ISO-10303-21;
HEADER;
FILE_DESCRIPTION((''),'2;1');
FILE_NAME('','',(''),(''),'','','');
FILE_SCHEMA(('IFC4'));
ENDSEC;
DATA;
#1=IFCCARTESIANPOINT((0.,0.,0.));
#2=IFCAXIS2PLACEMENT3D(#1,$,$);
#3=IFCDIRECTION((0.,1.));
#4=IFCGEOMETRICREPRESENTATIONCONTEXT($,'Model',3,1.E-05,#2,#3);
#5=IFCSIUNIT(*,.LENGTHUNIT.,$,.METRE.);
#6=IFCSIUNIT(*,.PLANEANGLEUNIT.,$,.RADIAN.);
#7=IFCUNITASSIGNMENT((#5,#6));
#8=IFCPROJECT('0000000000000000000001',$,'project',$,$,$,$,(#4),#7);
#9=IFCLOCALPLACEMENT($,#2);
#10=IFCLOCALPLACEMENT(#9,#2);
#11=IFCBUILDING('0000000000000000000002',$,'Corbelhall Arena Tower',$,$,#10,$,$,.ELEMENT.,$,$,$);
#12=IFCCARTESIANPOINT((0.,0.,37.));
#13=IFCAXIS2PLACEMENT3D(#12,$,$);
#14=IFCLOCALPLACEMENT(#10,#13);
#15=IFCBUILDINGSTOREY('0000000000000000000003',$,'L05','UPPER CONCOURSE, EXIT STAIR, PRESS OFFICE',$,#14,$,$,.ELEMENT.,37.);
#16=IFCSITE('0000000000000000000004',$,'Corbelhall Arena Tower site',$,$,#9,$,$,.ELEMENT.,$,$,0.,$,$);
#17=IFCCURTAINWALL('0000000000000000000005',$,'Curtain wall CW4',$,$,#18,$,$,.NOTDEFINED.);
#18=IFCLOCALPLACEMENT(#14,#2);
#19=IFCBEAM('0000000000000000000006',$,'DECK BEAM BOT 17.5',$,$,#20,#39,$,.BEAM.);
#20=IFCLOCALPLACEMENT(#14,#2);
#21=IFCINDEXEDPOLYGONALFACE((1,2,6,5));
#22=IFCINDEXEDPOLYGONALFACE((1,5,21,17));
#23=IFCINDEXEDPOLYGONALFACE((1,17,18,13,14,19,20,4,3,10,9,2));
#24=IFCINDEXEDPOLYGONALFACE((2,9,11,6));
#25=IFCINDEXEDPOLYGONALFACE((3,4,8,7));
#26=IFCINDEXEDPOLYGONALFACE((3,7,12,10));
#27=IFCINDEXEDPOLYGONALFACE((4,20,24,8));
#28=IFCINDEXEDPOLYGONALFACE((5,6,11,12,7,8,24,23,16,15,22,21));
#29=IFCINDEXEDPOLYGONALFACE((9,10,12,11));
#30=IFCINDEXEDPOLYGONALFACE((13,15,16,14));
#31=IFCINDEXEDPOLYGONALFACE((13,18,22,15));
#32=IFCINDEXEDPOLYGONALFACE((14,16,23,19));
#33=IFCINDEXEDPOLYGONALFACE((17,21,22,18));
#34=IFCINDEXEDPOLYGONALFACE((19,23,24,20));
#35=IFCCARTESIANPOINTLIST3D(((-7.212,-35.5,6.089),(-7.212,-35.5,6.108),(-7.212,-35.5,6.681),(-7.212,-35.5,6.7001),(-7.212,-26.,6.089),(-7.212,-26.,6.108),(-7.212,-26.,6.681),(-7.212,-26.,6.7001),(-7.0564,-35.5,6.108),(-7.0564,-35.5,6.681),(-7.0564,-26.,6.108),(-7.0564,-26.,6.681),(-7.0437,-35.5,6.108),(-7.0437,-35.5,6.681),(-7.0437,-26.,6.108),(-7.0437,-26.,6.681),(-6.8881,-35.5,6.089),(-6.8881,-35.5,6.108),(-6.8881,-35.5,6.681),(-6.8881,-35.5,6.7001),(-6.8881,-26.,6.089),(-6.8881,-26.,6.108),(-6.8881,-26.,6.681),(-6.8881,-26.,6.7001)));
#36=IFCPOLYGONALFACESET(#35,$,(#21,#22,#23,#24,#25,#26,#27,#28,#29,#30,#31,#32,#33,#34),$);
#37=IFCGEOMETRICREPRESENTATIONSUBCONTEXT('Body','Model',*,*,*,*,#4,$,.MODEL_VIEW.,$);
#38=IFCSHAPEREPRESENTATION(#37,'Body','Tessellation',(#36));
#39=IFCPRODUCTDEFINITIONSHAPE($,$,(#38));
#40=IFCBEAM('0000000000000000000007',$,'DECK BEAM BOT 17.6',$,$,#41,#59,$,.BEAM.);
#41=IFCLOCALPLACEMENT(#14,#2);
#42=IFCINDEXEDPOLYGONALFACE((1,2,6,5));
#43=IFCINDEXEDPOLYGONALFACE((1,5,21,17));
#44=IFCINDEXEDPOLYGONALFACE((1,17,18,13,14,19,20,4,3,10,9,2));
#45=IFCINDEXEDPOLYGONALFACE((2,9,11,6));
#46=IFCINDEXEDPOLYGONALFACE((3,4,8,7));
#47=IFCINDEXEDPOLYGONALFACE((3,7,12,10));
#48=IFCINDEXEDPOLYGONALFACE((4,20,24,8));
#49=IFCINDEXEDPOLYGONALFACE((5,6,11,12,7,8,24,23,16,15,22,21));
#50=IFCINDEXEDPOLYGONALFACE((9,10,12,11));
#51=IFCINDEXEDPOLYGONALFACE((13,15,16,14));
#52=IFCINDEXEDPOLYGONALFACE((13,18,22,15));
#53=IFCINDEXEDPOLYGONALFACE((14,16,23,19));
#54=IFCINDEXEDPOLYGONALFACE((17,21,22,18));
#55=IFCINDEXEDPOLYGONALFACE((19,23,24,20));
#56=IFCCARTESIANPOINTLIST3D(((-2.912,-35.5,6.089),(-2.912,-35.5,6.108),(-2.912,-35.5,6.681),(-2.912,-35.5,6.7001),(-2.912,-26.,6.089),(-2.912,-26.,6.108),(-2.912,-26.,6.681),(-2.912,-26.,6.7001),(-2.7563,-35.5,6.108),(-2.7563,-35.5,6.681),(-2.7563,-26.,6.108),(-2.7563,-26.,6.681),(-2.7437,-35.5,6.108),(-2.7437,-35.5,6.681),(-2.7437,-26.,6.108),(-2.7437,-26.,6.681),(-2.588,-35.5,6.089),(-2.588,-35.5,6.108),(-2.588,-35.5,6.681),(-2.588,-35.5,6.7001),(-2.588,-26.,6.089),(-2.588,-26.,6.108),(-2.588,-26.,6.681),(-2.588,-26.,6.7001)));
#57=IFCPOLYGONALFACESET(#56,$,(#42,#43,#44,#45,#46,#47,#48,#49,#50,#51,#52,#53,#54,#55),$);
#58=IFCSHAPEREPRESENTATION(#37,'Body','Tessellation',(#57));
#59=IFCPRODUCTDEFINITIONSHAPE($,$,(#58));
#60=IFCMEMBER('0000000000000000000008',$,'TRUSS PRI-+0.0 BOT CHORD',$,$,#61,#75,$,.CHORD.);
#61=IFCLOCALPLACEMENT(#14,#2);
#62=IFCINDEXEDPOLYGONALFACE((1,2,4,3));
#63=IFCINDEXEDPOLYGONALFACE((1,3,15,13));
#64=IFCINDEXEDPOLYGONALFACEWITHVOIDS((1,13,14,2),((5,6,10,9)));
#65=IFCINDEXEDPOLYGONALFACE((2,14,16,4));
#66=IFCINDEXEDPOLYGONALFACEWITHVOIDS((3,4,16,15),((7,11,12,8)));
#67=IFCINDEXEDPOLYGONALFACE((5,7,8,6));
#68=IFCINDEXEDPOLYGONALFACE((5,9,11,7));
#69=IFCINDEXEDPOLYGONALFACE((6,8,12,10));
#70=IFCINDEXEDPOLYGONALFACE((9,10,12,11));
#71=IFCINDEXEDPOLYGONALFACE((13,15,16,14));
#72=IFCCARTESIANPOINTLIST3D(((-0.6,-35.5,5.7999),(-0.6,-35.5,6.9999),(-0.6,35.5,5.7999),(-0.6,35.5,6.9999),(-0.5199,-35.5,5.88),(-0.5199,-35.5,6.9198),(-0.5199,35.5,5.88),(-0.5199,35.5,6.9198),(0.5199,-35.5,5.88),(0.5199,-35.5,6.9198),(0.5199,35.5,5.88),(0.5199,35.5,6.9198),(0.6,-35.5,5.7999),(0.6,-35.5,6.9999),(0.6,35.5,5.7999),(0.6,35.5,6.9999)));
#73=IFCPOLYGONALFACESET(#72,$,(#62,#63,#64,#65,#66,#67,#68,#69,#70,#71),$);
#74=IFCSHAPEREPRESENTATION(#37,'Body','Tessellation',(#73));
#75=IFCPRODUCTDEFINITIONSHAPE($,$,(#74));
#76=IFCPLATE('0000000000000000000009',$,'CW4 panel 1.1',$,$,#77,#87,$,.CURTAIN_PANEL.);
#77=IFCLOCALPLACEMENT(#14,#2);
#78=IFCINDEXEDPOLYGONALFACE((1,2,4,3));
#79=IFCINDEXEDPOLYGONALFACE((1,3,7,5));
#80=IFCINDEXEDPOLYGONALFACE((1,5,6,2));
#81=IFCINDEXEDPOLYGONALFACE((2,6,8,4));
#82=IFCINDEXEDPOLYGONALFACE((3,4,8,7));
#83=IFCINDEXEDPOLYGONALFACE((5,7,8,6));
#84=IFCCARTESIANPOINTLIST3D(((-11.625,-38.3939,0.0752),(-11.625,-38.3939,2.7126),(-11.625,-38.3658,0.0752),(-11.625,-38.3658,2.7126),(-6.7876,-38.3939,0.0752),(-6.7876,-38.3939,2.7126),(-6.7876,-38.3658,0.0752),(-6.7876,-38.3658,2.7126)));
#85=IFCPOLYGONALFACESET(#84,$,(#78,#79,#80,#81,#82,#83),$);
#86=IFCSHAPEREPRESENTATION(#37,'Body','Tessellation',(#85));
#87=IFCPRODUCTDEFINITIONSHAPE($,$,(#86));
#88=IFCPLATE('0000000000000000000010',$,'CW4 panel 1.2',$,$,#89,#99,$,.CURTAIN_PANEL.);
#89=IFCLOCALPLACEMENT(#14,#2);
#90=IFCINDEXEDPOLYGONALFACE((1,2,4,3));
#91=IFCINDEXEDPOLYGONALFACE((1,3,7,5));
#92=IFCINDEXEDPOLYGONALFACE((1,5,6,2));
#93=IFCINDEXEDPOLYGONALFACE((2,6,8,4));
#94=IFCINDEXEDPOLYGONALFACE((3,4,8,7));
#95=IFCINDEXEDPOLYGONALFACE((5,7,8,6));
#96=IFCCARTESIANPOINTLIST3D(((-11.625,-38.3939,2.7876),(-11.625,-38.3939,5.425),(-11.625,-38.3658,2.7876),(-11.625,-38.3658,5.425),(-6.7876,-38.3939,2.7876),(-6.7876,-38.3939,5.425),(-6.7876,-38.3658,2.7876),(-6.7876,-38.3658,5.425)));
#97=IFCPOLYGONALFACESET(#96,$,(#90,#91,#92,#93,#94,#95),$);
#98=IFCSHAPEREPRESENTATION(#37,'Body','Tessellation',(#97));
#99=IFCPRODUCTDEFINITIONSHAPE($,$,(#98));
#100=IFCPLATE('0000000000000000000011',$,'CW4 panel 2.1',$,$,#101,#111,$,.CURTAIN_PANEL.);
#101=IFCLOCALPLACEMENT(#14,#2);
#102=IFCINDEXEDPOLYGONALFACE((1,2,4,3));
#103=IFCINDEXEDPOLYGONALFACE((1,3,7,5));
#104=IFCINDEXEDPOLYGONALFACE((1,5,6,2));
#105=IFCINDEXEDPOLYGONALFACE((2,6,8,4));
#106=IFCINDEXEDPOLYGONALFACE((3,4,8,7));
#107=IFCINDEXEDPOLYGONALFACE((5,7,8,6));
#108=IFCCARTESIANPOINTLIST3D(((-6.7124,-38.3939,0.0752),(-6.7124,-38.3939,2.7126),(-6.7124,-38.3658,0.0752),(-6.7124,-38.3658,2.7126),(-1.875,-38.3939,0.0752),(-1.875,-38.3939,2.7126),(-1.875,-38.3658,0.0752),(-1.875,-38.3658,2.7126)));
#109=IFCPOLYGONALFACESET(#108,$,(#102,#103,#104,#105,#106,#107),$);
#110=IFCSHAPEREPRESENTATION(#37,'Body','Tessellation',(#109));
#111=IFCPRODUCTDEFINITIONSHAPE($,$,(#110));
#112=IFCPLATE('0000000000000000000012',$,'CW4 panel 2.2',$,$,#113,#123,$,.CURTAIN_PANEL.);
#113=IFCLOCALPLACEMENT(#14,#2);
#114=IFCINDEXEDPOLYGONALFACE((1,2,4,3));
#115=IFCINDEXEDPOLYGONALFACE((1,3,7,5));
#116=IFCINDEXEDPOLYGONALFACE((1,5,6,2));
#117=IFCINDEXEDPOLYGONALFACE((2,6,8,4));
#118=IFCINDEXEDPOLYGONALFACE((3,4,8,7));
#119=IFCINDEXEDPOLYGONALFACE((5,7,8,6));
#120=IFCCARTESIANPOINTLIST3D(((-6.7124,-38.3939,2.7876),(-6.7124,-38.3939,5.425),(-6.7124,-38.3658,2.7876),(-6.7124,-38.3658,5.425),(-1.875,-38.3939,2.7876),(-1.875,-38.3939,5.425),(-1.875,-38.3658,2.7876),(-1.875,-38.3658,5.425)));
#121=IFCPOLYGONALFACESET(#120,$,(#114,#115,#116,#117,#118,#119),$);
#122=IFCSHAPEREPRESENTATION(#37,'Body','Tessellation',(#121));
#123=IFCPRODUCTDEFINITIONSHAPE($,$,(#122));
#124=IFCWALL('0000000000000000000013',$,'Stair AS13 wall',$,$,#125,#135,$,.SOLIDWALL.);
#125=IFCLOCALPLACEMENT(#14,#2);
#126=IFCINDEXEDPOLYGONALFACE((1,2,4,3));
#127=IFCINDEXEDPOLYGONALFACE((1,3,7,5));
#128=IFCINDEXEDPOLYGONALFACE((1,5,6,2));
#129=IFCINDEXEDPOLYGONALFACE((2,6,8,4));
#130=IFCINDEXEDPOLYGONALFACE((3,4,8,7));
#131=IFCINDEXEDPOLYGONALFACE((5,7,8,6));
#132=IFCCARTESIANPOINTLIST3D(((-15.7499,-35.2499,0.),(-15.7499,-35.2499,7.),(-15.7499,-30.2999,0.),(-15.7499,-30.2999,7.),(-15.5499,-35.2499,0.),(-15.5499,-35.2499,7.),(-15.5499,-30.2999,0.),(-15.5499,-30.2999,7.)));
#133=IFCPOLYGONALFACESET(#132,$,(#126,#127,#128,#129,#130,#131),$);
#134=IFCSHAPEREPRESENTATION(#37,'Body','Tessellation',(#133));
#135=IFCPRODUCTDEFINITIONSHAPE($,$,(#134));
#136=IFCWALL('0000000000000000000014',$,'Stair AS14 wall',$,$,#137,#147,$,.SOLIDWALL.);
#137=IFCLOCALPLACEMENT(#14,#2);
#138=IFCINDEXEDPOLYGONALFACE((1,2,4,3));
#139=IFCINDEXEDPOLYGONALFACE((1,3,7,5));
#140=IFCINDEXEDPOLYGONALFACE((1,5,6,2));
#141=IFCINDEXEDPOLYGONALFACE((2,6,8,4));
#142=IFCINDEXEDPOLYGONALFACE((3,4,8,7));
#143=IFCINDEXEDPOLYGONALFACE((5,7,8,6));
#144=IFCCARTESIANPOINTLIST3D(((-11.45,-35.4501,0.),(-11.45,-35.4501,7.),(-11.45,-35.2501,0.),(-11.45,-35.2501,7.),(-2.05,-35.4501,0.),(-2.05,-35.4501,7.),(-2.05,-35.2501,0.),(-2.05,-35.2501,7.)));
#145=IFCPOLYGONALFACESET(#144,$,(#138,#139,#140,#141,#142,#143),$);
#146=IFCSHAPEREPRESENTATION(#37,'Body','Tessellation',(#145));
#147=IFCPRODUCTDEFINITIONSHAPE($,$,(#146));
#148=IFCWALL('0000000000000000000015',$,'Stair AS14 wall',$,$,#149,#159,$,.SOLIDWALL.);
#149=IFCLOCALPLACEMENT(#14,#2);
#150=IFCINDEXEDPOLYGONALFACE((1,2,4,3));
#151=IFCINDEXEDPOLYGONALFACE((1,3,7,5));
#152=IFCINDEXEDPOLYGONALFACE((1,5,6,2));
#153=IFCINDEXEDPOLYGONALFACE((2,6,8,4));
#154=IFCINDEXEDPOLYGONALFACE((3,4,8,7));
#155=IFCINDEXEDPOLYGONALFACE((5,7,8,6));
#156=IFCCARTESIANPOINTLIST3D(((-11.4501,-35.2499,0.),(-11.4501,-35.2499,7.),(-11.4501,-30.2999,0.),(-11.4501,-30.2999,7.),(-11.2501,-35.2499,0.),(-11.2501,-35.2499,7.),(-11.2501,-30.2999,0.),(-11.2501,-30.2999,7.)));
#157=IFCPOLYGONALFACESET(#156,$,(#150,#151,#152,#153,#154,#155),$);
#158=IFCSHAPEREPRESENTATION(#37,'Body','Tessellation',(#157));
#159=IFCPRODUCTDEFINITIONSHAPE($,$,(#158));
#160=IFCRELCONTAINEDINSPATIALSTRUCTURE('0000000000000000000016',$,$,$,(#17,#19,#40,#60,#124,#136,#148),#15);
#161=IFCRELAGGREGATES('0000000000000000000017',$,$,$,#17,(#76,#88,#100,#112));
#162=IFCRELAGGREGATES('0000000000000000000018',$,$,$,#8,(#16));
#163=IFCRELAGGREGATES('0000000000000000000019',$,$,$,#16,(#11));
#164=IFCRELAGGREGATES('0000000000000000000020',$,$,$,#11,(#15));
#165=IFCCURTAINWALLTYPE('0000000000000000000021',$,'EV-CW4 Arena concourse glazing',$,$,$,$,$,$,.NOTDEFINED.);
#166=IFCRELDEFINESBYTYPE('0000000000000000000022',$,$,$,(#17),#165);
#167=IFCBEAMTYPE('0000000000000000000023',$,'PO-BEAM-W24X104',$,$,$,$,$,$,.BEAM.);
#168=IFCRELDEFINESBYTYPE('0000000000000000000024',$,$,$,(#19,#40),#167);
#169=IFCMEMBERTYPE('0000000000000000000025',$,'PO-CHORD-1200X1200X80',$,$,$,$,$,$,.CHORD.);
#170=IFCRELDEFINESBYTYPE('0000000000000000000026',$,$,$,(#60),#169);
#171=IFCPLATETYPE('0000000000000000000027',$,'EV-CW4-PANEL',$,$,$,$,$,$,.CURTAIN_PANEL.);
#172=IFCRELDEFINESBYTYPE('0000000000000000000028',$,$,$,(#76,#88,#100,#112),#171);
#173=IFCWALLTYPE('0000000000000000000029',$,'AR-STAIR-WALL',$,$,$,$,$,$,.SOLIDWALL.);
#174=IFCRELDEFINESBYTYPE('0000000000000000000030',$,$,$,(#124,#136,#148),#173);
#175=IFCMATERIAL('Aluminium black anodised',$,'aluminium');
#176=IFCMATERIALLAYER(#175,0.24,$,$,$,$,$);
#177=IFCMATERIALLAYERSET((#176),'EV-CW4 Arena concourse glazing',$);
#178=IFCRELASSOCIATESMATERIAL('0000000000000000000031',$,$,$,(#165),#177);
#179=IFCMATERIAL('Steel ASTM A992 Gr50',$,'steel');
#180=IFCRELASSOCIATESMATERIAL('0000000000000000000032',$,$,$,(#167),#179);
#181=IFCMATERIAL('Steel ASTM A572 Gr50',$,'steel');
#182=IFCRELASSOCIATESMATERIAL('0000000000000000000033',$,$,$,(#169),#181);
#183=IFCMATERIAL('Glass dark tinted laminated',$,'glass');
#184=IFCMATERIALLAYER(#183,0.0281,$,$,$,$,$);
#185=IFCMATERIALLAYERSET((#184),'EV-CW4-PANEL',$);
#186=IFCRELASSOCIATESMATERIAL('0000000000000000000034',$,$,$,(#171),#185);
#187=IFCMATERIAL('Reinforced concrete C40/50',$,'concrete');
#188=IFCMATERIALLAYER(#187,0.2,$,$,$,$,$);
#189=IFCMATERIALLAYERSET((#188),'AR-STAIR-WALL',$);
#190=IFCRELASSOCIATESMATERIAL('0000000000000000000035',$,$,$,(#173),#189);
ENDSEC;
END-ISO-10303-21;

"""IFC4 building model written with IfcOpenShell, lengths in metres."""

from ifc_helpers import new_model, si_unit, direction, frame, frame_2d, origin, origin_2d, place, context, subcontext, project, spatial, rectangle, hollow_rectangle, i_section, extrude, material, layer, layer_set, material_profile, profile_set, type_object, element, aggregate, save


model = new_model("IFC4")

# Units and contexts
model_context = context("Model", 3, precision=1e-05, world=origin(), true_north=direction((0.0, 1.0)))
body_context = subcontext(model_context, "Body", "Model", "MODEL_VIEW")
ifc_project = project(units=[si_unit("LENGTHUNIT", "METRE"), si_unit("PLANEANGLEUNIT", "RADIAN")], contexts=[model_context])

# Site, building, storey
site_placement = place(None, origin())
site = spatial("IfcSite", under=ifc_project, at=site_placement, Name="Corbelhall Arena Tower site", CompositionType="ELEMENT", RefElevation=0.0)
building_placement = place(site_placement, origin())
building = spatial("IfcBuilding", under=site, at=building_placement, Name="Corbelhall Arena Tower", CompositionType="ELEMENT")
storey_placement = place(building_placement, frame((0.0, 0.0, 37.0)))
storey = spatial("IfcBuildingStorey", under=building, at=storey_placement, Name="L05", Description="UPPER CONCOURSE, EXIT STAIR, PRESS OFFICE", CompositionType="ELEMENT", Elevation=37.0)

# Shared definitions
ifc_material_1 = material(Name="Aluminium black anodised", Category="aluminium")
ifc_layer_1 = layer(ifc_material_1, 0.24)
ifc_layer_set_1 = layer_set([ifc_layer_1], Name="EV-CW4 Arena concourse glazing")
curtain_wall_type = type_object("IfcCurtainWallType", Name="EV-CW4 Arena concourse glazing", PredefinedType="NOTDEFINED", material=ifc_layer_set_1)

# Curtain wall
curtain_wall_1_placement = place(storey_placement, origin())
curtain_wall_1 = element("IfcCurtainWall", 1, at=curtain_wall_1_placement, inside=storey, type_object=curtain_wall_type, Name="Curtain wall CW4", PredefinedType="NOTDEFINED")

# Beams
ifc_material_2 = material(Name="Steel ASTM A992 Gr50", Category="steel")
ifc_material_profile_1 = material_profile(ifc_material_2, i_section(OverallWidth=0.324, OverallDepth=0.6111, WebThickness=0.0127, FlangeThickness=0.019, at=origin_2d()))
ifc_profile_set_1 = profile_set([ifc_material_profile_1], Name="Steel ASTM A992 Gr50")
beam_type = type_object("IfcBeamType", Name="PO-BEAM-W24X104", PredefinedType="BEAM", material=ifc_profile_set_1)
for number, where, z_axis, x_axis, name in (
    (2, (-7.05, -35.5, 6.3945), (0.0, 1.0, 0.0), (-1.0, 0.0, 0.0), "DECK BEAM BOT 17.5"),
    (3, (-2.75, -35.5, 6.3945), (0.0, 1.0, 0.0), (-1.0, 0.0, 0.0), "DECK BEAM BOT 17.6"),
):
    element("IfcBeam", number, at=place(storey_placement, frame(where, z_axis=z_axis, x_axis=x_axis)), inside=storey, type_object=beam_type, Name=name, PredefinedType="BEAM", context=body_context, shape_type="SweptSolid", body=[
        extrude(i_section(OverallWidth=0.324, OverallDepth=0.6111, WebThickness=0.0127, FlangeThickness=0.019, at=origin_2d()), origin(), (0.0, 0.0, 1.0), 9.5),
    ])

# Member
ifc_material_3 = material(Name="Steel ASTM A572 Gr50", Category="steel")
ifc_material_profile_2 = material_profile(ifc_material_3, hollow_rectangle(XDim=1.2, YDim=1.2, WallThickness=0.0801, at=origin_2d()))
ifc_profile_set_2 = profile_set([ifc_material_profile_2], Name="Steel ASTM A572 Gr50")
member_type_1 = type_object("IfcMemberType", Name="PO-CHORD-1200X1200X80", PredefinedType="CHORD", material=ifc_profile_set_2)
member_1_placement = place(storey_placement, frame((0.0, -35.5, 6.3999), z_axis=(0.0, 1.0, 0.0), x_axis=(-1.0, 0.0, 0.0)))
element("IfcMember", 4, at=member_1_placement, inside=storey, type_object=member_type_1, Name="TRUSS PRI-+0.0 BOT CHORD", PredefinedType="CHORD", context=body_context, shape_type="SweptSolid", body=[
    extrude(hollow_rectangle(XDim=1.2, YDim=1.2, WallThickness=0.0801, at=origin_2d()), origin(), (0.0, 0.0, 1.0), 71.0),
])

# Plates
ifc_material_4 = material(Name="Glass dark tinted laminated", Category="glass")
ifc_layer_2 = layer(ifc_material_4, 0.0281)
ifc_layer_set_2 = layer_set([ifc_layer_2], Name="EV-CW4-PANEL")
plate_type = type_object("IfcPlateType", Name="EV-CW4-PANEL", PredefinedType="CURTAIN_PANEL", material=ifc_layer_set_2)
plate_1_placement = place(storey_placement, frame((-9.2063, -38.3799, 0.0752), z_axis=(0.0, 0.0, 1.0), x_axis=(1.0, 0.0, 0.0)))
plate_1 = element("IfcPlate", 5, at=plate_1_placement, type_object=plate_type, Name="CW4 panel 1.1", PredefinedType="CURTAIN_PANEL", context=body_context, shape_type="SweptSolid", body=[
    extrude(rectangle(XDim=4.8374, YDim=0.0281, at=origin_2d()), origin(), (0.0, 0.0, 1.0), 2.6375),
])
plate_2_placement = place(storey_placement, frame((-9.2063, -38.3799, 2.7876), z_axis=(0.0, 0.0, 1.0), x_axis=(1.0, 0.0, 0.0)))
plate_2 = element("IfcPlate", 6, at=plate_2_placement, type_object=plate_type, Name="CW4 panel 1.2", PredefinedType="CURTAIN_PANEL", context=body_context, shape_type="SweptSolid", body=[
    extrude(rectangle(XDim=4.8374, YDim=0.0281, at=origin_2d()), origin(), (0.0, 0.0, 1.0), 2.6375),
])
plate_3_placement = place(storey_placement, frame((-4.2937, -38.3799, 0.0752), z_axis=(0.0, 0.0, 1.0), x_axis=(1.0, 0.0, 0.0)))
plate_3 = element("IfcPlate", 7, at=plate_3_placement, type_object=plate_type, Name="CW4 panel 2.1", PredefinedType="CURTAIN_PANEL", context=body_context, shape_type="SweptSolid", body=[
    extrude(rectangle(XDim=4.8374, YDim=0.0281, at=origin_2d()), origin(), (0.0, 0.0, 1.0), 2.6375),
])
plate_4_placement = place(storey_placement, frame((-4.2937, -38.3799, 2.7876), z_axis=(0.0, 0.0, 1.0), x_axis=(1.0, 0.0, 0.0)))
plate_4 = element("IfcPlate", 8, at=plate_4_placement, type_object=plate_type, Name="CW4 panel 2.2", PredefinedType="CURTAIN_PANEL", context=body_context, shape_type="SweptSolid", body=[
    extrude(rectangle(XDim=4.8374, YDim=0.0281, at=origin_2d()), origin(), (0.0, 0.0, 1.0), 2.6375),
])
aggregate(curtain_wall_1, [plate_1, plate_2, plate_3, plate_4])

# Walls
ifc_material_5 = material(Name="Reinforced concrete C40/50", Category="concrete")
ifc_layer_3 = layer(ifc_material_5, 0.2)
ifc_layer_set_3 = layer_set([ifc_layer_3], Name="AR-STAIR-WALL")
wall_type = type_object("IfcWallType", Name="AR-STAIR-WALL", PredefinedType="SOLIDWALL", material=ifc_layer_set_3)
wall_1_placement = place(storey_placement, frame((-15.6499, -35.25, 0.0), z_axis=(0.0, 0.0, 1.0), x_axis=(0.0, 1.0, 0.0)))
element("IfcWall", 9, at=wall_1_placement, inside=storey, type_object=wall_type, Name="Stair AS13 wall", PredefinedType="SOLIDWALL", context=body_context, shape_type="SweptSolid", body=[
    extrude(rectangle(XDim=4.95, YDim=0.2, at=frame_2d((2.4751, 0.0))), origin(), (0.0, 0.0, 1.0), 7.0),
])
wall_2_placement = place(storey_placement, frame((-11.45, -35.3501, 0.0), z_axis=(0.0, 0.0, 1.0), x_axis=(1.0, 0.0, 0.0)))
element("IfcWall", 10, at=wall_2_placement, inside=storey, type_object=wall_type, Name="Stair AS14 wall", PredefinedType="SOLIDWALL", context=body_context, shape_type="SweptSolid", body=[
    extrude(rectangle(XDim=9.3999, YDim=0.2, at=frame_2d((4.7, 0.0))), origin(), (0.0, 0.0, 1.0), 7.0),
])
wall_3_placement = place(storey_placement, frame((-11.3501, -35.25, 0.0), z_axis=(0.0, 0.0, 1.0), x_axis=(0.0, 1.0, 0.0)))
element("IfcWall", 11, at=wall_3_placement, inside=storey, type_object=wall_type, Name="Stair AS14 wall", PredefinedType="SOLIDWALL", context=body_context, shape_type="SweptSolid", body=[
    extrude(rectangle(XDim=4.95, YDim=0.2, at=frame_2d((2.4751, 0.0))), origin(), (0.0, 0.0, 1.0), 7.0),
])

save(model, "model.ifc")
